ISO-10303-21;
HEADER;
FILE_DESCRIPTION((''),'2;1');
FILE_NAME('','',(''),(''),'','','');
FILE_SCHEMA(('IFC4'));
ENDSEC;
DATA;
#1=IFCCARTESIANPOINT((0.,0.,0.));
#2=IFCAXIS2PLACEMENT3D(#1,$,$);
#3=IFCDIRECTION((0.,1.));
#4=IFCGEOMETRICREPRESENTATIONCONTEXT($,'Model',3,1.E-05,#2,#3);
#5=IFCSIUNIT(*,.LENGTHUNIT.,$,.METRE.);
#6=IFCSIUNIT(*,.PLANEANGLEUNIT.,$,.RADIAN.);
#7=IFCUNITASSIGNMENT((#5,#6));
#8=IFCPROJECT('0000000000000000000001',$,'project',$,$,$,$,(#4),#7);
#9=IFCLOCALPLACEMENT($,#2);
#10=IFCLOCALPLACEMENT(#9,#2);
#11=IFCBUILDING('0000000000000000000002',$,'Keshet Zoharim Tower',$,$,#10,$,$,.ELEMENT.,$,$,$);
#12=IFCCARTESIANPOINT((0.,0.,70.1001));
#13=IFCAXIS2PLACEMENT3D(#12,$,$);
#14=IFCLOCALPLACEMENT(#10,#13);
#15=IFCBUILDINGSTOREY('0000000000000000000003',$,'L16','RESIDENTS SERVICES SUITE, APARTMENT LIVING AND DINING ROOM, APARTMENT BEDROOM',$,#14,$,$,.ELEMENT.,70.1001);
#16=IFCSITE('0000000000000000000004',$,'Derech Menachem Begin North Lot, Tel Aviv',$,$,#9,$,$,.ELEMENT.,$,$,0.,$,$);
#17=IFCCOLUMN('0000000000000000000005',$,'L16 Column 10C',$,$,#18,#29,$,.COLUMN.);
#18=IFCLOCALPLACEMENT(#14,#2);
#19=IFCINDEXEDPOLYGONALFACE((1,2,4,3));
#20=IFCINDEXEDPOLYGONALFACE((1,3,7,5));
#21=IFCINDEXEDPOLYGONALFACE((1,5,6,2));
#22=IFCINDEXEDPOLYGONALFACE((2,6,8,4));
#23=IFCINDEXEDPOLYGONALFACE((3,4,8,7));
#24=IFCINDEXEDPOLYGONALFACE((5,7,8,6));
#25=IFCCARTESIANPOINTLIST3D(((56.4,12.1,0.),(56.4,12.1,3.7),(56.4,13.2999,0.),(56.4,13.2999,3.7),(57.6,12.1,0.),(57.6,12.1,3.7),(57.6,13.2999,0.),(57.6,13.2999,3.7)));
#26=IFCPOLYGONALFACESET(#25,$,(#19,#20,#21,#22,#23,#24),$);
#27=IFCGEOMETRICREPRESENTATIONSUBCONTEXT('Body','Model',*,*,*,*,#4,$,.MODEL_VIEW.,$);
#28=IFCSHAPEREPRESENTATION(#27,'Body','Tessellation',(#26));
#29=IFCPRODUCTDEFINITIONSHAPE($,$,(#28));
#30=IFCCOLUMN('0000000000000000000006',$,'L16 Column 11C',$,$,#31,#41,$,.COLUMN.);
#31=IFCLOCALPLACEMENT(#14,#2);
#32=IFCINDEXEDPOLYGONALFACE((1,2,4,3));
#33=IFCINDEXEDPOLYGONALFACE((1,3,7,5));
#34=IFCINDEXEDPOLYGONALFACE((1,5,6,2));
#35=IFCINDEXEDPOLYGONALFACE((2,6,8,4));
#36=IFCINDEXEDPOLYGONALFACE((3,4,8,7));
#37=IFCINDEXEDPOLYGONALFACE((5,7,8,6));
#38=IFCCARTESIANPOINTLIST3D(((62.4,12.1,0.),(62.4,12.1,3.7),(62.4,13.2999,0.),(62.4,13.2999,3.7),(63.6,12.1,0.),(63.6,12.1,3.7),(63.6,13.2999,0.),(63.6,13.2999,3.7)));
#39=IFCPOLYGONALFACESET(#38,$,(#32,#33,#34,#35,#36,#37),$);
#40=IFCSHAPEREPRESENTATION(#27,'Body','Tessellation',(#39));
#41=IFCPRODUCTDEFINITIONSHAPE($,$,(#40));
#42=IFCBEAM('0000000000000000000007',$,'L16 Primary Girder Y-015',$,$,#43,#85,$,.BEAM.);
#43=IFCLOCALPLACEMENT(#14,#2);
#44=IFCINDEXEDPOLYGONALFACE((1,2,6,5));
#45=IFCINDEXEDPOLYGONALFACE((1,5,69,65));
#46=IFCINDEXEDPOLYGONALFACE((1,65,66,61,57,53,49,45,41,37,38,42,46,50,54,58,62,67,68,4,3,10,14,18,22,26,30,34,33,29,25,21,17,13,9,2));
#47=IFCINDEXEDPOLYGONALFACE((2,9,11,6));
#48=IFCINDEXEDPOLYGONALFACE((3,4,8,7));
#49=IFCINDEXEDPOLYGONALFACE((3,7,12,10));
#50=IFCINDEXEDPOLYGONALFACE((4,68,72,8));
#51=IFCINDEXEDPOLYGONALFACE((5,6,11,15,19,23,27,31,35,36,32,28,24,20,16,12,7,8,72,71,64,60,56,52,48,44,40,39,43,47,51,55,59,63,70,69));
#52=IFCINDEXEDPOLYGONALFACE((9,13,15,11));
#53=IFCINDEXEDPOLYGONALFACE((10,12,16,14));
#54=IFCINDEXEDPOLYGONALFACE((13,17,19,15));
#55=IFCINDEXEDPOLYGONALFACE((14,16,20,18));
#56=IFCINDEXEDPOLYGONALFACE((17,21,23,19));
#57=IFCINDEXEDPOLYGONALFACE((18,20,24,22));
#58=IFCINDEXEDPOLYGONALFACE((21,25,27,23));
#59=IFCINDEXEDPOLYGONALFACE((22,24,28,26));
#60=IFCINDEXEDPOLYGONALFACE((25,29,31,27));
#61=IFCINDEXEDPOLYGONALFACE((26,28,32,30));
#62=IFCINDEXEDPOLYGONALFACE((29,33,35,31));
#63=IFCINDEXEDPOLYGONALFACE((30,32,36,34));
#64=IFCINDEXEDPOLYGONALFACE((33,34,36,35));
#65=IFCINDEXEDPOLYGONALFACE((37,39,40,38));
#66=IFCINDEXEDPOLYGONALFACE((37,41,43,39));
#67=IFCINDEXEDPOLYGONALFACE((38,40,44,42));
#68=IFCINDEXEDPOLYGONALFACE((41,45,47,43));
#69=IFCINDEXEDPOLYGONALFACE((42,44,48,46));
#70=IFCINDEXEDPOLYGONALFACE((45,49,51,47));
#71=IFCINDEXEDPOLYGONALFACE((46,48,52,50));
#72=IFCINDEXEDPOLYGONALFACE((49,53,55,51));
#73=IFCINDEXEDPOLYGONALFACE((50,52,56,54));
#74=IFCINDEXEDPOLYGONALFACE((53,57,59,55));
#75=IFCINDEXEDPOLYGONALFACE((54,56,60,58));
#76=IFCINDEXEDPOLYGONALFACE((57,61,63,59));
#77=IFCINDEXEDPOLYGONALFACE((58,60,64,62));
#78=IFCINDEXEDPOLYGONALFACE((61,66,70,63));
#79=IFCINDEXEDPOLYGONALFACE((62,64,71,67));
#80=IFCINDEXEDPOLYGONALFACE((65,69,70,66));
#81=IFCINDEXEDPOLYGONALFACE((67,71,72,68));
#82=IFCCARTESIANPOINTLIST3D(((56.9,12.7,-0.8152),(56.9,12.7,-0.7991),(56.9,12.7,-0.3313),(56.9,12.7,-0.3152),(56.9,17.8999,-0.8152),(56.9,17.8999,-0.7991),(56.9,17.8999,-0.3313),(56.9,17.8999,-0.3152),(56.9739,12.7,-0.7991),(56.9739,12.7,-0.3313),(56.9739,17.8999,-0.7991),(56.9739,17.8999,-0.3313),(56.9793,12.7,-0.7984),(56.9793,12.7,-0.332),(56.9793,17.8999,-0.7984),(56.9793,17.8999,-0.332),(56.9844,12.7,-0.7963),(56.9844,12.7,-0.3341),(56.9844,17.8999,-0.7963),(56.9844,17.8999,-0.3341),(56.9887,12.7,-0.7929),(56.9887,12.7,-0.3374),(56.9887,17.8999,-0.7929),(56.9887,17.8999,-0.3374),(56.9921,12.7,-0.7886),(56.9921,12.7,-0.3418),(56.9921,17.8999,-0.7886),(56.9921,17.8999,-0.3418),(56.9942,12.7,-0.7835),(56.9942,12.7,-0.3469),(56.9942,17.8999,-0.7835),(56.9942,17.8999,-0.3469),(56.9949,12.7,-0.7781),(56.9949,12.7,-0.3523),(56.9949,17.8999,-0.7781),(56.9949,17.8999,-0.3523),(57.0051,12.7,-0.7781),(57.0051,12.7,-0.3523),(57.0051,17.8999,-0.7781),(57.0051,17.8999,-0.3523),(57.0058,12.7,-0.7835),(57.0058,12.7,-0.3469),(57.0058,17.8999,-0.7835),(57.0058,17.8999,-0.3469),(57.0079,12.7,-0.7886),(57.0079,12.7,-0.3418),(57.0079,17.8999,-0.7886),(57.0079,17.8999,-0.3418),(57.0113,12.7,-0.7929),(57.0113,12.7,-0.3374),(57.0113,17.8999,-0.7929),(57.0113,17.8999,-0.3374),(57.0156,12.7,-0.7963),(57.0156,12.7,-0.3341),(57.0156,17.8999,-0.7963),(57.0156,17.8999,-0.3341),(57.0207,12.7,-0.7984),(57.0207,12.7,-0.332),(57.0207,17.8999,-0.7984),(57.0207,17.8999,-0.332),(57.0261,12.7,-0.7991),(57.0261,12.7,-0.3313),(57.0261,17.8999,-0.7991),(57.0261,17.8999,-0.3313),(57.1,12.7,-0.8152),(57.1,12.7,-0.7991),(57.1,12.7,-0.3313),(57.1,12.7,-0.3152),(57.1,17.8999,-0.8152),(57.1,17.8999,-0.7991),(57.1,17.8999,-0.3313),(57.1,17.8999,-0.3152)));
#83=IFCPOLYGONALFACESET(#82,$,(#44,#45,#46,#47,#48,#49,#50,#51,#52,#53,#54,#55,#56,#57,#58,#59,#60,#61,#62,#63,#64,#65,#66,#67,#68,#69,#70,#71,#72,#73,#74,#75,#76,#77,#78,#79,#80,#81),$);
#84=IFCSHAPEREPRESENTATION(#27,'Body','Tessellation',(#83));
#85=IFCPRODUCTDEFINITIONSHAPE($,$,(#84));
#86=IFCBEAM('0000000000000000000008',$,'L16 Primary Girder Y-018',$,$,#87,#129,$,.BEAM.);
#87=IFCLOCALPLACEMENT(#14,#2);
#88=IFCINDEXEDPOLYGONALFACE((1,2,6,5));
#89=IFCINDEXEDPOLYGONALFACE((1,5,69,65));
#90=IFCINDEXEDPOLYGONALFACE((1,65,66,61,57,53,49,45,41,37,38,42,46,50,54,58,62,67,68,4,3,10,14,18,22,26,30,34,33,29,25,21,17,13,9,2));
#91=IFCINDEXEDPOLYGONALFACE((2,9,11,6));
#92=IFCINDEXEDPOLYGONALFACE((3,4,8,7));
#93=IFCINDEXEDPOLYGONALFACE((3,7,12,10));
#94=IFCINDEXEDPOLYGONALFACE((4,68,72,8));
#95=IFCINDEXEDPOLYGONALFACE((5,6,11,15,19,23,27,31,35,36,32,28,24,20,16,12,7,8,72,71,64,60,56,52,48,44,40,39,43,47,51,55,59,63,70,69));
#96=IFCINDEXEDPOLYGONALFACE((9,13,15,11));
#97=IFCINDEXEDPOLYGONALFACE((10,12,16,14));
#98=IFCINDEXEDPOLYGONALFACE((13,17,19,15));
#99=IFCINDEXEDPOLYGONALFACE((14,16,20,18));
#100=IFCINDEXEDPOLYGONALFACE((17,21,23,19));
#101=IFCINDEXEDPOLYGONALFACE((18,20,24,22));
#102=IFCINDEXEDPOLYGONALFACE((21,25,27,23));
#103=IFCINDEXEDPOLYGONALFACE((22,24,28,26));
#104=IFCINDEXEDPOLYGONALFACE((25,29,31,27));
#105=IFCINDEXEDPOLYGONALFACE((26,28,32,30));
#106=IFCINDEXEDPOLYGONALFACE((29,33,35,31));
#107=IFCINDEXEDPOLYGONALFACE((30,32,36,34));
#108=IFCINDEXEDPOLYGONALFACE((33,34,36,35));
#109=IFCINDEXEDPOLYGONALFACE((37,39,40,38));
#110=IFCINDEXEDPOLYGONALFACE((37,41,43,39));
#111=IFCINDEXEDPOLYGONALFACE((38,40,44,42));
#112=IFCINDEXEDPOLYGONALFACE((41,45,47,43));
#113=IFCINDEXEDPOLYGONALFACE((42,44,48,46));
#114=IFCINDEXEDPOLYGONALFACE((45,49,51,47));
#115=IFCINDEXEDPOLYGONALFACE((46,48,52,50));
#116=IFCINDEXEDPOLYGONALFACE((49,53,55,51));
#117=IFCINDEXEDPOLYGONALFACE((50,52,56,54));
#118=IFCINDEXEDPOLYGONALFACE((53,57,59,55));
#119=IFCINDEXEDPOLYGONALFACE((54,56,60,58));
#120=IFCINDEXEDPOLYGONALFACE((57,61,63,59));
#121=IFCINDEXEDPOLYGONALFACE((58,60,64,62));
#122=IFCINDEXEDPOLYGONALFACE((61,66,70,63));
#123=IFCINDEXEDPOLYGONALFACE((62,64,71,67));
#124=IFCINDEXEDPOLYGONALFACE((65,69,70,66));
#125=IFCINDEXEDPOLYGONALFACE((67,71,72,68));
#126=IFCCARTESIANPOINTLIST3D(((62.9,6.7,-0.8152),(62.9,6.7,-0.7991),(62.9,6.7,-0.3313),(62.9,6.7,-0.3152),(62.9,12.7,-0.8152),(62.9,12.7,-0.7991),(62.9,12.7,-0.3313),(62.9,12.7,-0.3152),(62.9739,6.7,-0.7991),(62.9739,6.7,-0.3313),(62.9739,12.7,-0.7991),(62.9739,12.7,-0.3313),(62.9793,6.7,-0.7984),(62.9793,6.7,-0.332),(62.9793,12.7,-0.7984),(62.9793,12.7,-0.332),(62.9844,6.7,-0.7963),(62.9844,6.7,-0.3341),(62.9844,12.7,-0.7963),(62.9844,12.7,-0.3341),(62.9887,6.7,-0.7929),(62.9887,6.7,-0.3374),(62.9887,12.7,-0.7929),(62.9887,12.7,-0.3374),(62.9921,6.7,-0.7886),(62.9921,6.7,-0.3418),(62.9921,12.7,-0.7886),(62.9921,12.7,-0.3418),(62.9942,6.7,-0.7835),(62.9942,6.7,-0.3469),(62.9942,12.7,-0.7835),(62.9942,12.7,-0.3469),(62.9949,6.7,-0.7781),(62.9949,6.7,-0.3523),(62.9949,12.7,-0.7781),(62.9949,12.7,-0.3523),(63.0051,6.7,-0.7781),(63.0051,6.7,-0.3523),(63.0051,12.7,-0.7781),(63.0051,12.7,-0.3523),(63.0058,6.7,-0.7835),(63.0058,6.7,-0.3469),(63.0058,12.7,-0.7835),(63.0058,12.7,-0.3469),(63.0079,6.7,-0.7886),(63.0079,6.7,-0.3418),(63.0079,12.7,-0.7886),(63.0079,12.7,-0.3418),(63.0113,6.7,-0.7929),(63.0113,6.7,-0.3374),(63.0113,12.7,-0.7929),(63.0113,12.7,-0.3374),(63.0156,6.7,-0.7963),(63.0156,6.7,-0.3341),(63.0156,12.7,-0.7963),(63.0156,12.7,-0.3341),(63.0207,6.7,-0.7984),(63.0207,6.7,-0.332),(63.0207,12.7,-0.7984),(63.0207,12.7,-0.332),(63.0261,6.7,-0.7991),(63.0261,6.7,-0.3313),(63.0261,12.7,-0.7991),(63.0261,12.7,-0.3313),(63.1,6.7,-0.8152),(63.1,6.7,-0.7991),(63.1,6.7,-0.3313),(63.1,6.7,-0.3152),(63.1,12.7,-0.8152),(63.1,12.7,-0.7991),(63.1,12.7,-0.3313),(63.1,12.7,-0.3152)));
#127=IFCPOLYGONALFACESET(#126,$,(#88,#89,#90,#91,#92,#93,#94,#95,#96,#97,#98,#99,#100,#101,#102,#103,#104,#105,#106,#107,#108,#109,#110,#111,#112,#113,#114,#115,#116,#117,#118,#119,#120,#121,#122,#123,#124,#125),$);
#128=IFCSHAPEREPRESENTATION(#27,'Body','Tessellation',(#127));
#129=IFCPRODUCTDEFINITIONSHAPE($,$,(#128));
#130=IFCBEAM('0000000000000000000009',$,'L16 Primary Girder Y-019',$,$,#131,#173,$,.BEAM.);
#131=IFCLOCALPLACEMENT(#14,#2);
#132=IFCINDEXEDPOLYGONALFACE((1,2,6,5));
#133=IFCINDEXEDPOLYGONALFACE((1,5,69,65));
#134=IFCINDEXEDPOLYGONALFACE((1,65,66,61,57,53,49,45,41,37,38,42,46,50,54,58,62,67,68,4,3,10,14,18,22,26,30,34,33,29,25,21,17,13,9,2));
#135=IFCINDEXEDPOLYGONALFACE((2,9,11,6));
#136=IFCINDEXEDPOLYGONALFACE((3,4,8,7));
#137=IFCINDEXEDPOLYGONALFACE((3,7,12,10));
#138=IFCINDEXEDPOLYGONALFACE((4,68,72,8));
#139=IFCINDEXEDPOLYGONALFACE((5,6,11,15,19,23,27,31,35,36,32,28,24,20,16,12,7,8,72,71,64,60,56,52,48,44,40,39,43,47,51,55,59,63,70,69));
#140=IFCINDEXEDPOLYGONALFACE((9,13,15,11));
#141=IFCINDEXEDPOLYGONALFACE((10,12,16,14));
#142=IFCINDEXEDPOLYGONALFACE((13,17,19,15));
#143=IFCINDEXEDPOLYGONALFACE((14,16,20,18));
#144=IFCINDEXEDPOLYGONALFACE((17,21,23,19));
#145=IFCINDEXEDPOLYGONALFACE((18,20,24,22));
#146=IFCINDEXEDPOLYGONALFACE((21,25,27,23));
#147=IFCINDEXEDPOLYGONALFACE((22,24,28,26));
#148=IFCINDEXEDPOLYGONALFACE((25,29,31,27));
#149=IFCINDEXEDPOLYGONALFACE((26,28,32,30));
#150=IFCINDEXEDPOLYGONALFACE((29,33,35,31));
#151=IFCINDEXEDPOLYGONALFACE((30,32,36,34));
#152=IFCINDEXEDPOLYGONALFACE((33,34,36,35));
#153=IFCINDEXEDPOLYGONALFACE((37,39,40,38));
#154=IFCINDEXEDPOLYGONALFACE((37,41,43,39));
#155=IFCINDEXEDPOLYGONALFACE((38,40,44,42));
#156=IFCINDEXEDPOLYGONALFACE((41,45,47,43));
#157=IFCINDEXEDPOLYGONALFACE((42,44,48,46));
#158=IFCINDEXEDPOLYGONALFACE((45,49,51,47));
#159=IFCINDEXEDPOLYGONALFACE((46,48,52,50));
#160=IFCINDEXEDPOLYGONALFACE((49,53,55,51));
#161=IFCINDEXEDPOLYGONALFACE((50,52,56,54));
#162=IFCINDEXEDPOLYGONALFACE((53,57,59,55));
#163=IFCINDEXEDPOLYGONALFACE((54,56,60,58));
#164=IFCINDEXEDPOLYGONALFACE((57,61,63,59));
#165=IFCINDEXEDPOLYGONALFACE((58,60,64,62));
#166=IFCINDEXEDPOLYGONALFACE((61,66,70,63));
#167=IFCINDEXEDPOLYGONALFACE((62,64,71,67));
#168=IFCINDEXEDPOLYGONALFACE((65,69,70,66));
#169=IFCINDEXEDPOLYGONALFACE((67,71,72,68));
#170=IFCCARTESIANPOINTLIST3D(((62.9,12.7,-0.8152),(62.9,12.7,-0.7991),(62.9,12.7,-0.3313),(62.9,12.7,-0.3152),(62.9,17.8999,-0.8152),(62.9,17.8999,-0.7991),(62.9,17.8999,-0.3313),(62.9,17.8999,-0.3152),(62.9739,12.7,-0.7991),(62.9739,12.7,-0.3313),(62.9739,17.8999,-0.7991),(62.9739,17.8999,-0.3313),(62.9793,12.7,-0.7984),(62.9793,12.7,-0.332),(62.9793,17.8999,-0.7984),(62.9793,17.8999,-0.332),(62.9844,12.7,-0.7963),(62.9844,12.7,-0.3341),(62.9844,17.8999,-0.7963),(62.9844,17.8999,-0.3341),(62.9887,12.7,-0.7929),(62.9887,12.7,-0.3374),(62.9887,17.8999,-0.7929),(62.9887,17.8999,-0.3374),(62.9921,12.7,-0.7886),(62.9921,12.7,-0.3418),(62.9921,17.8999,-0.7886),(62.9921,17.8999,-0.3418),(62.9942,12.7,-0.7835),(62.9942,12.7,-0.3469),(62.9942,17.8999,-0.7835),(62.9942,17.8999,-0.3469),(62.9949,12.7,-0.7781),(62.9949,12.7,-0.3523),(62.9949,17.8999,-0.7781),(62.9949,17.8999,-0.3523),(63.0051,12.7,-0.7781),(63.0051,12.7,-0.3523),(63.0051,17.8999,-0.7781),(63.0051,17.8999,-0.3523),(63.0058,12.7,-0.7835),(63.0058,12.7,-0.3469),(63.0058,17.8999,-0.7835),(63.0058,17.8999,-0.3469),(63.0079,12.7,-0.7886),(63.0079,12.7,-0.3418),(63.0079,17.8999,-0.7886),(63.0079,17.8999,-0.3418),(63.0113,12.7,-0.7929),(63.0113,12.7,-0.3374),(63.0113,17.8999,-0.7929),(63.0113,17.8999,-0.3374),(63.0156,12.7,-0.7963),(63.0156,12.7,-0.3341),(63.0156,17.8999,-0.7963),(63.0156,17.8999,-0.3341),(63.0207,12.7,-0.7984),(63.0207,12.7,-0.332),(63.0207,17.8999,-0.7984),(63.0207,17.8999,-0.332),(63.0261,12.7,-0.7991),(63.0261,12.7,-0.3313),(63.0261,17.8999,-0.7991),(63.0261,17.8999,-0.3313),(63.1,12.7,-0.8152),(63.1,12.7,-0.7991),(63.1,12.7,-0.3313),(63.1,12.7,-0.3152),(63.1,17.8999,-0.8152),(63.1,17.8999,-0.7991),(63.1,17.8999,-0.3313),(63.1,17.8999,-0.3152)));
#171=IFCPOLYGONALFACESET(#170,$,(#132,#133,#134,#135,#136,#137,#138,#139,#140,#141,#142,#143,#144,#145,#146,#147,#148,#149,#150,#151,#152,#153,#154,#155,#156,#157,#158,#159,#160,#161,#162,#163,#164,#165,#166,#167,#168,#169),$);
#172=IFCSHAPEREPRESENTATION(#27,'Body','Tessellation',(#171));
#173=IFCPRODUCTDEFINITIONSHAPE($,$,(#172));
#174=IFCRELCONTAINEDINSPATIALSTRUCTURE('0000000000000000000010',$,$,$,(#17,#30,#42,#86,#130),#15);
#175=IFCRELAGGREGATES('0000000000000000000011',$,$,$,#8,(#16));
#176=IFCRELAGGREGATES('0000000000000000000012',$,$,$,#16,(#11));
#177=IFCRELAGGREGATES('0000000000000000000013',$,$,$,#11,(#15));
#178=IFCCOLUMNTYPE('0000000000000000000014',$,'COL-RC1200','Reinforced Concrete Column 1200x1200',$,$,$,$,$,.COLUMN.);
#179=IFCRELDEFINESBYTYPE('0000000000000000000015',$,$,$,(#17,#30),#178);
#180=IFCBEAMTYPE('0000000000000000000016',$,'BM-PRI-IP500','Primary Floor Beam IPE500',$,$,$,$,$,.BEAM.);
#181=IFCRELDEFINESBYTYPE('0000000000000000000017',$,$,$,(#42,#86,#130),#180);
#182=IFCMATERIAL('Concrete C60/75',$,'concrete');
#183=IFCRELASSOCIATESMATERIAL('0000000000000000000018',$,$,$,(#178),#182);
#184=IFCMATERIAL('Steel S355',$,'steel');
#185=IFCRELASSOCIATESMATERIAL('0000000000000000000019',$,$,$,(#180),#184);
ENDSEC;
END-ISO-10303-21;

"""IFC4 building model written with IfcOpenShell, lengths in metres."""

from ifc_helpers import new_model, si_unit, direction, frame, origin, origin_2d, place, context, subcontext, project, spatial, rectangle, i_section, extrude, material, material_profile, profile_set, type_object, element, save


model = new_model("IFC4")

# Units and contexts
model_context = context("Model", 3, precision=1e-05, world=origin(), true_north=direction((0.0, 1.0)))
body_context = subcontext(model_context, "Body", "Model", "MODEL_VIEW")
ifc_project = project(units=[si_unit("LENGTHUNIT", "METRE"), si_unit("PLANEANGLEUNIT", "RADIAN")], contexts=[model_context])

# Site, building, storey
site_placement = place(None, origin())
site = spatial("IfcSite", under=ifc_project, at=site_placement, Name="Derech Menachem Begin North Lot, Tel Aviv", CompositionType="ELEMENT", RefElevation=0.0)
building_placement = place(site_placement, origin())
building = spatial("IfcBuilding", under=site, at=building_placement, Name="Keshet Zoharim Tower", CompositionType="ELEMENT")
storey_placement = place(building_placement, frame((0.0, 0.0, 70.1001)))
storey = spatial("IfcBuildingStorey", under=building, at=storey_placement, Name="L16", Description="RESIDENTS SERVICES SUITE, APARTMENT LIVING AND DINING ROOM, APARTMENT BEDROOM", CompositionType="ELEMENT", Elevation=70.1001)

# Columns
ifc_material_1 = material(Name="Concrete C60/75", Category="concrete")
ifc_material_profile_1 = material_profile(ifc_material_1, rectangle(XDim=1.2, YDim=1.2, at=origin_2d()), Name="RC1200x1200")
ifc_profile_set_1 = profile_set([ifc_material_profile_1], Name="Concrete C60/75")
column_type = type_object("IfcColumnType", Name="COL-RC1200", Description="Reinforced Concrete Column 1200x1200", PredefinedType="COLUMN", material=ifc_profile_set_1)
for number, where, z_axis, x_axis, name in (
    (1, (57.0, 12.7, 0.0), (0.0, 0.0, 1.0), (1.0, 0.0, 0.0), "L16 Column 10C"),
    (2, (63.0, 12.7, 0.0), (0.0, 0.0, 1.0), (1.0, 0.0, 0.0), "L16 Column 11C"),
):
    element("IfcColumn", number, at=place(storey_placement, frame(where, z_axis=z_axis, x_axis=x_axis)), inside=storey, type_object=column_type, Name=name, PredefinedType="COLUMN", context=body_context, shape_type="SweptSolid", body=[
        extrude(rectangle(XDim=1.2, YDim=1.2, at=origin_2d()), origin(), (0.0, 0.0, 1.0), 3.7),
    ])

# Beams
ifc_material_2 = material(Name="Steel S355", Category="steel")
ifc_material_profile_2 = material_profile(ifc_material_2, i_section(OverallWidth=0.2, OverallDepth=0.5, WebThickness=0.0103, FlangeThickness=0.0161, FilletRadius=0.021, at=origin_2d()), Name="IPE500")
ifc_profile_set_2 = profile_set([ifc_material_profile_2], Name="Steel S355")
beam_type_1 = type_object("IfcBeamType", Name="BM-PRI-IP500", Description="Primary Floor Beam IPE500", PredefinedType="BEAM", material=ifc_profile_set_2)
beam_1_placement = place(storey_placement, frame((57.0, 12.7, -0.5652), z_axis=(0.0, 1.0, 0.0), x_axis=(-1.0, 0.0, 0.0)))
element("IfcBeam", 3, at=beam_1_placement, inside=storey, type_object=beam_type_1, Name="L16 Primary Girder Y-015", PredefinedType="BEAM", context=body_context, shape_type="SweptSolid", body=[
    extrude(i_section(OverallWidth=0.2, OverallDepth=0.5, WebThickness=0.0103, FlangeThickness=0.0161, FilletRadius=0.021, at=origin_2d()), origin(), (0.0, 0.0, 1.0), 5.2),
])
beam_2_placement = place(storey_placement, frame((63.0, 6.7, -0.5652), z_axis=(0.0, 1.0, 0.0), x_axis=(-1.0, 0.0, 0.0)))
element("IfcBeam", 4, at=beam_2_placement, inside=storey, type_object=beam_type_1, Name="L16 Primary Girder Y-018", PredefinedType="BEAM", context=body_context, shape_type="SweptSolid", body=[
    extrude(i_section(OverallWidth=0.2, OverallDepth=0.5, WebThickness=0.0103, FlangeThickness=0.0161, FilletRadius=0.021, at=origin_2d()), origin(), (0.0, 0.0, 1.0), 6.0),
])
beam_3_placement = place(storey_placement, frame((63.0, 12.7, -0.5652), z_axis=(0.0, 1.0, 0.0), x_axis=(-1.0, 0.0, 0.0)))
element("IfcBeam", 5, at=beam_3_placement, inside=storey, type_object=beam_type_1, Name="L16 Primary Girder Y-019", PredefinedType="BEAM", context=body_context, shape_type="SweptSolid", body=[
    extrude(i_section(OverallWidth=0.2, OverallDepth=0.5, WebThickness=0.0103, FlangeThickness=0.0161, FilletRadius=0.021, at=origin_2d()), origin(), (0.0, 0.0, 1.0), 5.2),
])

save(model, "model.ifc")
